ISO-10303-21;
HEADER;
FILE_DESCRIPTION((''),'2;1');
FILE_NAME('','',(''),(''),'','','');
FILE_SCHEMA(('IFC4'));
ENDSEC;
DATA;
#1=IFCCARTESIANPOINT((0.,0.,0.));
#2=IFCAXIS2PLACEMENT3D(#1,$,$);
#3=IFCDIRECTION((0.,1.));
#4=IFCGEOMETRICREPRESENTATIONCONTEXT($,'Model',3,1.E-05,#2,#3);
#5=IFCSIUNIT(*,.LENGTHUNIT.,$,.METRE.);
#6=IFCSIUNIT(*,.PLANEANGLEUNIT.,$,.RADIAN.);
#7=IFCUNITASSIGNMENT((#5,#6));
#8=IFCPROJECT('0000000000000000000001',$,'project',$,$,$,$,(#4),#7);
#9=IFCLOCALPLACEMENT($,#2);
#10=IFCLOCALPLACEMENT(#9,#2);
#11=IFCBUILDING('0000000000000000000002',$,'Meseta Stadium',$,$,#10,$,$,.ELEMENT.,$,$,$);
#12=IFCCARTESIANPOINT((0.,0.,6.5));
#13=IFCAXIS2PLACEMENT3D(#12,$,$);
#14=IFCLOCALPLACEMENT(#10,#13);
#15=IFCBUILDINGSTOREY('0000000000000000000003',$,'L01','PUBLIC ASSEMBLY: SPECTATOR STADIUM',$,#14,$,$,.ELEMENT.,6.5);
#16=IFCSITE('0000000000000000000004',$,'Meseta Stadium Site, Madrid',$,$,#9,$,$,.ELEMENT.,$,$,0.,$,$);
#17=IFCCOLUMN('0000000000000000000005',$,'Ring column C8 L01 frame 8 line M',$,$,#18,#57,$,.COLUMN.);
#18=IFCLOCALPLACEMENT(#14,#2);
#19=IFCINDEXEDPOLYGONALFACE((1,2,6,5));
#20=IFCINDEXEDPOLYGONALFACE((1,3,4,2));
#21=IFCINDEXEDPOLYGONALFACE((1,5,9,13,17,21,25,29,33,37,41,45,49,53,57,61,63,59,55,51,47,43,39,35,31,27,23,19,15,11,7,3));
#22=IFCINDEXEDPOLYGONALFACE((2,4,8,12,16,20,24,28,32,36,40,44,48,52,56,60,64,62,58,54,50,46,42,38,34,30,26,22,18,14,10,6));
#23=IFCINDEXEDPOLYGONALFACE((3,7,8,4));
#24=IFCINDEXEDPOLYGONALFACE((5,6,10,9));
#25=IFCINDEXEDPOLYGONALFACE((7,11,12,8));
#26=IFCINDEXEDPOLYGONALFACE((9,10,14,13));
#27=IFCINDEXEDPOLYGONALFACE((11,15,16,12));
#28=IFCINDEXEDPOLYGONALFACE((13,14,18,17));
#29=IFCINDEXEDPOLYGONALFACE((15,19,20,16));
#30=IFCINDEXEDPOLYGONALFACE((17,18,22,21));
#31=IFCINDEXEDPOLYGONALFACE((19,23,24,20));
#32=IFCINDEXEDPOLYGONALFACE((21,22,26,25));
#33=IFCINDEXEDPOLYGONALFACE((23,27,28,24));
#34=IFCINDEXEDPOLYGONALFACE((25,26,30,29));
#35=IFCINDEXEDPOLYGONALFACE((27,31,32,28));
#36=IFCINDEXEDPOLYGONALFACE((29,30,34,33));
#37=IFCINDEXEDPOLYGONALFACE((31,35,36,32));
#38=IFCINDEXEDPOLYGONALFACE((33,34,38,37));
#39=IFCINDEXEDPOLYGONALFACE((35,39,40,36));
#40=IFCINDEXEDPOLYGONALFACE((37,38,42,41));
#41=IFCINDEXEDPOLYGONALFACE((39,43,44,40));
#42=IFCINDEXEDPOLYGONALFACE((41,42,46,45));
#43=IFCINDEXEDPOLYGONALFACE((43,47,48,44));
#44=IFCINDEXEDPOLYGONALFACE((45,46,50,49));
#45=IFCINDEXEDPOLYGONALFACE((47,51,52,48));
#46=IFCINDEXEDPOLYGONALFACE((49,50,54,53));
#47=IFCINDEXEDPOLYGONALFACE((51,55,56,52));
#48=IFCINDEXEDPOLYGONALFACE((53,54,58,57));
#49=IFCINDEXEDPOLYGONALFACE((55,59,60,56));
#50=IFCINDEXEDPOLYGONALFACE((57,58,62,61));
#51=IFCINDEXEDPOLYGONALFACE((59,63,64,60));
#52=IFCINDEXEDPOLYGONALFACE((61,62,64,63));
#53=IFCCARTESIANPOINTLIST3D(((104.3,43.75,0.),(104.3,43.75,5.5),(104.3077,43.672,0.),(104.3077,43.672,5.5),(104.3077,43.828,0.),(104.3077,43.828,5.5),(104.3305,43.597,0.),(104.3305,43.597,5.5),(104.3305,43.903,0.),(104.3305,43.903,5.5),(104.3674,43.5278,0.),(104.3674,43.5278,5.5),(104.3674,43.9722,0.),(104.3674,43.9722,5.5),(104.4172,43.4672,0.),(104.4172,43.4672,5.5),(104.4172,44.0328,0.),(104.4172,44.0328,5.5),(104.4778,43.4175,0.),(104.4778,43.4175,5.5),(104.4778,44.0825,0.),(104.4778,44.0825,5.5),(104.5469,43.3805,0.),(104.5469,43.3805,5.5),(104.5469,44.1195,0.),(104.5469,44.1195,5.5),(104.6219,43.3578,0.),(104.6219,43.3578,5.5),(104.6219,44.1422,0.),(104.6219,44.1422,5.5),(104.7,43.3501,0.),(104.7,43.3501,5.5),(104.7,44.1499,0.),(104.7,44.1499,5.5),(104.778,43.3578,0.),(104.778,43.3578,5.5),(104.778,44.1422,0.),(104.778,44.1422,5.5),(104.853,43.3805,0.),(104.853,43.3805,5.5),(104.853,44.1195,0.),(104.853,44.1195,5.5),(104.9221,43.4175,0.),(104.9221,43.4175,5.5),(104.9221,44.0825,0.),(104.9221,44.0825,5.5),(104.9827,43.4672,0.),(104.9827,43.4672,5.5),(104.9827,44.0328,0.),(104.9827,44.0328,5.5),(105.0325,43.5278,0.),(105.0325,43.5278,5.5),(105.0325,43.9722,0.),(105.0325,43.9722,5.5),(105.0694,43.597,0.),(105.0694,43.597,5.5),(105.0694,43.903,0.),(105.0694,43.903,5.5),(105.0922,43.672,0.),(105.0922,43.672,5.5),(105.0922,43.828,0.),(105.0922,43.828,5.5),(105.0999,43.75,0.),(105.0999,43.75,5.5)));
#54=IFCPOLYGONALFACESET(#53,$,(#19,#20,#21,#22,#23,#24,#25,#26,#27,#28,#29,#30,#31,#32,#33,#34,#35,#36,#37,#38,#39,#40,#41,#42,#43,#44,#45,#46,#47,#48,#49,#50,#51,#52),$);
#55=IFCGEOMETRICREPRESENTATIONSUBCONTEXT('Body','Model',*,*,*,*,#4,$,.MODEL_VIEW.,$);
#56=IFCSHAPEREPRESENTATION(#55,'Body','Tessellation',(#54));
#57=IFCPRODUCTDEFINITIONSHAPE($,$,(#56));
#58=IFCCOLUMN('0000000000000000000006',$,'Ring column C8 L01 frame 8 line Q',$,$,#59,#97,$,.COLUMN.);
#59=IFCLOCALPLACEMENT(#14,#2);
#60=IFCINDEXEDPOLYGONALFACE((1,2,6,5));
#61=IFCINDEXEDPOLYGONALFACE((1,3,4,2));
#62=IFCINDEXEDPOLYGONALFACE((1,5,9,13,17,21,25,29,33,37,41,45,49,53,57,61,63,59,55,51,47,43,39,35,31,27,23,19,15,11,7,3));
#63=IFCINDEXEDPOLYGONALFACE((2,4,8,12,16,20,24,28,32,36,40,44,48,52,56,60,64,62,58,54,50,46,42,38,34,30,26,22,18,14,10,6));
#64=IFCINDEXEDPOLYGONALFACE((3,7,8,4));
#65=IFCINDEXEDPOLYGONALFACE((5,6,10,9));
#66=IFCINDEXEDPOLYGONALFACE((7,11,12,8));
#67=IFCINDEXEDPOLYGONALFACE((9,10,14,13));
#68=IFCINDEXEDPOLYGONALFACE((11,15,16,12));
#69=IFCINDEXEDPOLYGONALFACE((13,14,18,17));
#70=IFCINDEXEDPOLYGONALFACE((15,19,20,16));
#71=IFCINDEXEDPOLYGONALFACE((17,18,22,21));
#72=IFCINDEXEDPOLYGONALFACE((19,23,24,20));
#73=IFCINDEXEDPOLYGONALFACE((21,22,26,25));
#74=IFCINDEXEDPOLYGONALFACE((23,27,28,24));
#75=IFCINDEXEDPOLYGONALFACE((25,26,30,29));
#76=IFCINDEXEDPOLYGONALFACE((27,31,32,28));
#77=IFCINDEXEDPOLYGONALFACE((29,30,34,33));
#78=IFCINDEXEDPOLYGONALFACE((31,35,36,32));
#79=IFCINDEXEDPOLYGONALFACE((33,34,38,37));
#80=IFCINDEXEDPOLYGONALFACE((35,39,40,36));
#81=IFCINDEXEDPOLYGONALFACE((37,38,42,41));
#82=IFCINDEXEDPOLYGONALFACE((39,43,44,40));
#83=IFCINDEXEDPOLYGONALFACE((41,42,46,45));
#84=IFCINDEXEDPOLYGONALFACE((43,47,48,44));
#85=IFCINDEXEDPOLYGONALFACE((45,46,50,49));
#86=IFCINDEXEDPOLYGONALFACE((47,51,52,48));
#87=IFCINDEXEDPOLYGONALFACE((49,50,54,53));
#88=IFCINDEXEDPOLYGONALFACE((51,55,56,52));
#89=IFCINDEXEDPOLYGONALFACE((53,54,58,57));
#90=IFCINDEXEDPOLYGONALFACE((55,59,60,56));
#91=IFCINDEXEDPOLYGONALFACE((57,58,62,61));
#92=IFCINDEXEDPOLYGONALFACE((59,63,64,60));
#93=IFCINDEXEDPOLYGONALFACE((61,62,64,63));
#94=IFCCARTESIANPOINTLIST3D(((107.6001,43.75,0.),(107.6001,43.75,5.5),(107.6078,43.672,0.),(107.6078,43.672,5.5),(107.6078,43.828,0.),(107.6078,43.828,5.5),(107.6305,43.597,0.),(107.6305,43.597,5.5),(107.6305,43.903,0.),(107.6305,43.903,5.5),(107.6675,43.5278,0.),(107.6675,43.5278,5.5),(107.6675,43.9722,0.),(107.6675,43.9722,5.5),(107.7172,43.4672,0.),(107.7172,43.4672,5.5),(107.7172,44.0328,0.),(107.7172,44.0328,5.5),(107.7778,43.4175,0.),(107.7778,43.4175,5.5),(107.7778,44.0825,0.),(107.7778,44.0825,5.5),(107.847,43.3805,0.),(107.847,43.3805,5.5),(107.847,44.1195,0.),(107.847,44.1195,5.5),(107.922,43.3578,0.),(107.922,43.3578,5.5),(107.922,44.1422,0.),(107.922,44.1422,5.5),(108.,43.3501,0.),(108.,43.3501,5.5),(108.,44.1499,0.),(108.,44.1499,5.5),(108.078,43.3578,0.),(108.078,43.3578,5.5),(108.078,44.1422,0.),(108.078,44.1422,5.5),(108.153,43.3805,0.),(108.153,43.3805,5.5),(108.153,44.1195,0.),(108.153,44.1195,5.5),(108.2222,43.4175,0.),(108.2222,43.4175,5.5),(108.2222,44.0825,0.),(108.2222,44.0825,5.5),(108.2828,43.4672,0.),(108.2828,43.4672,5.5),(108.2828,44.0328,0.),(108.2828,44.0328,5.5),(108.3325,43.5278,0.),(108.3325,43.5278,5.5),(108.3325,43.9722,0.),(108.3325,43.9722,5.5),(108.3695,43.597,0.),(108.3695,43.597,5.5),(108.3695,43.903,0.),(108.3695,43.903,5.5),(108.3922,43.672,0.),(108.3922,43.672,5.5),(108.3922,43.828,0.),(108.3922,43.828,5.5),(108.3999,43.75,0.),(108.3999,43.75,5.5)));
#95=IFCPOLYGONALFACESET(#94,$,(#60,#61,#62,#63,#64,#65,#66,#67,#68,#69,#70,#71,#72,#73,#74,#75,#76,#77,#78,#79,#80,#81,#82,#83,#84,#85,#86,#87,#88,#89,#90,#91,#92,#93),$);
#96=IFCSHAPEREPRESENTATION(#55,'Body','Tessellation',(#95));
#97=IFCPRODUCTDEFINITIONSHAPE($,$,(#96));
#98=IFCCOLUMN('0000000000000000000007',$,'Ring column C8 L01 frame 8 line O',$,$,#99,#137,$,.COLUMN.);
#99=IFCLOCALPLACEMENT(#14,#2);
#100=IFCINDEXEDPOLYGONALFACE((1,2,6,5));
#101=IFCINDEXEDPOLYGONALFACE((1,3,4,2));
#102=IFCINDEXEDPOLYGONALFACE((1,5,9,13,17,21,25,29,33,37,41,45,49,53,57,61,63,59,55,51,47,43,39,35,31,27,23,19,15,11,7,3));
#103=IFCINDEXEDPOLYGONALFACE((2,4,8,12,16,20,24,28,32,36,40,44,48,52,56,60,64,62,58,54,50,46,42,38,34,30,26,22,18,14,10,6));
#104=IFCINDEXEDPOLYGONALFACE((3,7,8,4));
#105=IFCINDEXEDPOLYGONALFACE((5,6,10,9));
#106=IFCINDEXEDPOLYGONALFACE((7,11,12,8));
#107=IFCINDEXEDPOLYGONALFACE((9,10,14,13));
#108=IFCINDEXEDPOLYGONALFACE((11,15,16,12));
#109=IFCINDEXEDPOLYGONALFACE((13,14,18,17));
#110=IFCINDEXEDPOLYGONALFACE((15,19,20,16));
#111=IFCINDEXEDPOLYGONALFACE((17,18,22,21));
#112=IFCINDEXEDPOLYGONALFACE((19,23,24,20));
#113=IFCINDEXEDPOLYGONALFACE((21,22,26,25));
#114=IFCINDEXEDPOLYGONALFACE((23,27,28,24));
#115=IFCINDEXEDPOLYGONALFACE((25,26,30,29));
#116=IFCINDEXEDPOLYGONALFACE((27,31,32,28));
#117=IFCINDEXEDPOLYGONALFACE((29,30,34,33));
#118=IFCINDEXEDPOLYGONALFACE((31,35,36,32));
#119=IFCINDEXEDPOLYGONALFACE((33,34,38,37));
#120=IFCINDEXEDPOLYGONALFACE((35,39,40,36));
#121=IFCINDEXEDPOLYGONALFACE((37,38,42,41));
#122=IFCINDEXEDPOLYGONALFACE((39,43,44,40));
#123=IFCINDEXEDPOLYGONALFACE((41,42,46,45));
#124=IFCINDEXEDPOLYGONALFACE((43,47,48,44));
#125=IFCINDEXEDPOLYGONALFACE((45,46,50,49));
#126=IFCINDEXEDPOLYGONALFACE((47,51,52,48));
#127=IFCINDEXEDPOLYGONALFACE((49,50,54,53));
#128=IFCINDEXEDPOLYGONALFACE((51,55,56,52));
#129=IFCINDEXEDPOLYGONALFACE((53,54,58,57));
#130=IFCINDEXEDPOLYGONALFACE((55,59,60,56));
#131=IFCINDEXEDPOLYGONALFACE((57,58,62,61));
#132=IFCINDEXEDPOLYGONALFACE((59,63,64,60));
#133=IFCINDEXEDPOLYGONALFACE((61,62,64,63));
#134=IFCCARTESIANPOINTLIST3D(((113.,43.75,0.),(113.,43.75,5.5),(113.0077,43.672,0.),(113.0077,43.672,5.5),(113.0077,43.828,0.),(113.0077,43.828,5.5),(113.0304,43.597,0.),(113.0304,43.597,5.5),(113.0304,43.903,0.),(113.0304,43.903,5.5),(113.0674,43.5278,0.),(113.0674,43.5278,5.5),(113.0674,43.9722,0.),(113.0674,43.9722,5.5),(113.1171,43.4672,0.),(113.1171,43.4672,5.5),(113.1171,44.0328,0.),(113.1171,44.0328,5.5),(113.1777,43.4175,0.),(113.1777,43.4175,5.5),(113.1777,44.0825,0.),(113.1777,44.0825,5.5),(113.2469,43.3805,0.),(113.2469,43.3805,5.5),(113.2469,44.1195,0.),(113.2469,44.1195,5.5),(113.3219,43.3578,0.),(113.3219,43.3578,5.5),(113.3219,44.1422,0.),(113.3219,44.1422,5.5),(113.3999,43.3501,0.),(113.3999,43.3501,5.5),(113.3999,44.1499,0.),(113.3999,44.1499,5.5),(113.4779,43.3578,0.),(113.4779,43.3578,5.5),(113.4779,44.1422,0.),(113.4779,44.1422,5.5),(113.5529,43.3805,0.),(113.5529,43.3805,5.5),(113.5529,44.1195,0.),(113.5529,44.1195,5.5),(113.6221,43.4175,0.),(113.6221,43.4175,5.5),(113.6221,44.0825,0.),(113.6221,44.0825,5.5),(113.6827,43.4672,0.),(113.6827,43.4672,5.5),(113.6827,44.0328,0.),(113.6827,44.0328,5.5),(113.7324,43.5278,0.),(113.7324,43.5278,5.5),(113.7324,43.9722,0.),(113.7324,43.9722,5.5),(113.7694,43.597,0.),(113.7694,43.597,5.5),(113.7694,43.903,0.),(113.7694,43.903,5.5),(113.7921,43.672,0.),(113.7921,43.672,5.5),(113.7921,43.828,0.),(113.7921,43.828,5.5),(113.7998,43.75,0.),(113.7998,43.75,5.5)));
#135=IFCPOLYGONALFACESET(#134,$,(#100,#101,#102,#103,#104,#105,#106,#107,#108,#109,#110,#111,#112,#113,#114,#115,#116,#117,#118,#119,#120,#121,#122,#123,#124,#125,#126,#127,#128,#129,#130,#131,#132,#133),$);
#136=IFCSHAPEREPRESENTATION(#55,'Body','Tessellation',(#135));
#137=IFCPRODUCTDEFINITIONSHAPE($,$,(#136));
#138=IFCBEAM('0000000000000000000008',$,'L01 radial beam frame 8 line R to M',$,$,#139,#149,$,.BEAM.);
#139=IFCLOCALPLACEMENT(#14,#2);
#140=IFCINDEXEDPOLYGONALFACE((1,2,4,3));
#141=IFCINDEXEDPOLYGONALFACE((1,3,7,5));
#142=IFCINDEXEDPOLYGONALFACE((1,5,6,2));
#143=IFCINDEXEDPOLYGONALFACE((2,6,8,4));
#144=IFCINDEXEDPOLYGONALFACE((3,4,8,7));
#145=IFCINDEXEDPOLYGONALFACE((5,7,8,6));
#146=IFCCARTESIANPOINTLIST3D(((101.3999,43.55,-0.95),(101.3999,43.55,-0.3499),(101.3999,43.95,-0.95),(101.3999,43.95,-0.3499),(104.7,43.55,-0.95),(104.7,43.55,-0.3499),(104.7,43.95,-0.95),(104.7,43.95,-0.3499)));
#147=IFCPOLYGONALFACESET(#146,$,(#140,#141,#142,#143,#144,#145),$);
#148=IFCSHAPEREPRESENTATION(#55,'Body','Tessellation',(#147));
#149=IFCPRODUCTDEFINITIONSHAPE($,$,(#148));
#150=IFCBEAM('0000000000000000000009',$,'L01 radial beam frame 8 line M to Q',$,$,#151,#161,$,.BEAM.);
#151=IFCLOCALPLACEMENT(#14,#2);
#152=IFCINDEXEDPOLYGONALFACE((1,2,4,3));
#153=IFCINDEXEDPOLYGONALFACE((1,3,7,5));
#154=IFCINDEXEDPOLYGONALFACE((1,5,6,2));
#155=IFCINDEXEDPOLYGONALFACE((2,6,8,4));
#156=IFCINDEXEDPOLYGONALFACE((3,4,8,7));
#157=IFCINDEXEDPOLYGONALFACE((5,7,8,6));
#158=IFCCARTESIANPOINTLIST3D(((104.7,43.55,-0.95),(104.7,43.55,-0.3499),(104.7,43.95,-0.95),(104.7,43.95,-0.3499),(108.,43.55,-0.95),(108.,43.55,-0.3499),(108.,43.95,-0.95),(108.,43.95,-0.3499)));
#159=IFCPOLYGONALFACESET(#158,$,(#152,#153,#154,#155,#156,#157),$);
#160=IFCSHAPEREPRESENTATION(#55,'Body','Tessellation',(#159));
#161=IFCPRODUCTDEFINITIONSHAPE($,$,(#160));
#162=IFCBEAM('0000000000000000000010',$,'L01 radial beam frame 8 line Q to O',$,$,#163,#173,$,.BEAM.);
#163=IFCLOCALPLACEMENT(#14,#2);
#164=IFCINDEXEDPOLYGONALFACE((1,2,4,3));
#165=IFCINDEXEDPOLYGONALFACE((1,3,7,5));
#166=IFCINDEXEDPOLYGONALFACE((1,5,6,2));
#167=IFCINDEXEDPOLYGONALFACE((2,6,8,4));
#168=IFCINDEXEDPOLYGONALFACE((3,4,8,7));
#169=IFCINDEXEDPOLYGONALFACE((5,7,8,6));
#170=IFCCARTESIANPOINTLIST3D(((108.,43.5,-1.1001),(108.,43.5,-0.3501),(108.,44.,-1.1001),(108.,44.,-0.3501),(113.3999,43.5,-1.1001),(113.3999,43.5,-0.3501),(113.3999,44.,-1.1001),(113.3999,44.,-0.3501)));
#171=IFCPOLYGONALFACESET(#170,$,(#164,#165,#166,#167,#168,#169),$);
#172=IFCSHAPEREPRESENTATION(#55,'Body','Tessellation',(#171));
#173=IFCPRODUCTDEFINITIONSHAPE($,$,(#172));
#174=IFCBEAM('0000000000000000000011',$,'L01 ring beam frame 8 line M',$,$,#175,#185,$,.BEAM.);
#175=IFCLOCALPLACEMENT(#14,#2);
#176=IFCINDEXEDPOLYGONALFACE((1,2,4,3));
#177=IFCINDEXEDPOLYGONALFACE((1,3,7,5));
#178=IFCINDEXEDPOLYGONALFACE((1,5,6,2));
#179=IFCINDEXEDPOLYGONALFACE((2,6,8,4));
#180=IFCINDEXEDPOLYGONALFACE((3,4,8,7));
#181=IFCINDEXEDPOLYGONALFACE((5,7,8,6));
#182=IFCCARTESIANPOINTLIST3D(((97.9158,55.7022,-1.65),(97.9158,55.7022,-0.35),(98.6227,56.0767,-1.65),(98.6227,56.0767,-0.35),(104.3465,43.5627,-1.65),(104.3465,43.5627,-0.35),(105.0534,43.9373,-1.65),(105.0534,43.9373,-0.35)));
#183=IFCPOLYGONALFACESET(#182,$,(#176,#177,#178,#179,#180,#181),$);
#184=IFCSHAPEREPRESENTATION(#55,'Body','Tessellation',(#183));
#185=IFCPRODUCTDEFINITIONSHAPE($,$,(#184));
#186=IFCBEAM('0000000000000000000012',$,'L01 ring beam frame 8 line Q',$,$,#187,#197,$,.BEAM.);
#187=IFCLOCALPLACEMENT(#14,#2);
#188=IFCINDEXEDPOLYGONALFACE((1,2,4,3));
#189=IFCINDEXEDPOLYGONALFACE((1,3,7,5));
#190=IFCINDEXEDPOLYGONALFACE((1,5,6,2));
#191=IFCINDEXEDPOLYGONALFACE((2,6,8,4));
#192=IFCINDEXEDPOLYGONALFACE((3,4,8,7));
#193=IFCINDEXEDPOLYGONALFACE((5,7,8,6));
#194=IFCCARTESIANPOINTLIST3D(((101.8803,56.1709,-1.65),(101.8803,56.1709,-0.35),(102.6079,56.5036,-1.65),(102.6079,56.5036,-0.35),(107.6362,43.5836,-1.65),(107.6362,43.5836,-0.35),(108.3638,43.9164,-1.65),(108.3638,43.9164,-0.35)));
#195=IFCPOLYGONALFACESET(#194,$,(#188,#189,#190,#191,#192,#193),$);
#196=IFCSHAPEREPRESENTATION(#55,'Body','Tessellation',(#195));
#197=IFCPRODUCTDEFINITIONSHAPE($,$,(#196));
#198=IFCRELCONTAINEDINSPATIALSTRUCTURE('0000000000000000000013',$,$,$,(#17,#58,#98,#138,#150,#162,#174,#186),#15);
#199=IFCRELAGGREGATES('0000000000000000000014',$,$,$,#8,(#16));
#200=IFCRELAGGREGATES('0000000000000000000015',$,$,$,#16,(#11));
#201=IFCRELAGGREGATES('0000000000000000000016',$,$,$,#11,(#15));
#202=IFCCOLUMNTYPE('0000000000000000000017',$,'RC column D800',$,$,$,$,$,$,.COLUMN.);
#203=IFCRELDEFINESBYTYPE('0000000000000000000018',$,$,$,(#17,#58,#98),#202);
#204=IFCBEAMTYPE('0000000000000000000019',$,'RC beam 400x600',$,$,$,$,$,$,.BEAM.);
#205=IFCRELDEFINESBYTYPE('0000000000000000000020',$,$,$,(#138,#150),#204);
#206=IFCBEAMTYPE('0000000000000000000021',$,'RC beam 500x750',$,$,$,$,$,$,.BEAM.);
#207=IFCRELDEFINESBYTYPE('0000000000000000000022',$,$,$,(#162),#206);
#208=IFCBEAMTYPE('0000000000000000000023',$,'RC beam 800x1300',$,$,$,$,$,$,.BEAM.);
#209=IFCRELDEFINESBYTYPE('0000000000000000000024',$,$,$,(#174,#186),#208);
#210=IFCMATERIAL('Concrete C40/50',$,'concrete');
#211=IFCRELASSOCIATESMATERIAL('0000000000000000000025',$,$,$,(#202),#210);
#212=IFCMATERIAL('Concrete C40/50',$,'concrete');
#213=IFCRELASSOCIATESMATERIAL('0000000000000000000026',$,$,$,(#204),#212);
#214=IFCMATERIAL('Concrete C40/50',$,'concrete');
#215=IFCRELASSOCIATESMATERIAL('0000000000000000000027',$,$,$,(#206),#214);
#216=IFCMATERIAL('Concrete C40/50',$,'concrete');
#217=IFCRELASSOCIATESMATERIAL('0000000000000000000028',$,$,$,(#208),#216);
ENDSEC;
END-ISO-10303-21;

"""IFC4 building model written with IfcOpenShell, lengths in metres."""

from ifc_helpers import new_model, si_unit, direction, frame, origin, origin_2d, place, context, subcontext, project, spatial, rectangle, circle, extrude, material, material_profile, profile_set, type_object, element, save


model = new_model("IFC4")

# Units and contexts
model_context = context("Model", 3, precision=1e-05, world=origin(), true_north=direction((0.0, 1.0)))
body_context = subcontext(model_context, "Body", "Model", "MODEL_VIEW")
ifc_project = project(units=[si_unit("LENGTHUNIT", "METRE"), si_unit("PLANEANGLEUNIT", "RADIAN")], contexts=[model_context])

# Site, building, storey
site_placement = place(None, origin())
site = spatial("IfcSite", under=ifc_project, at=site_placement, Name="Meseta Stadium Site, Madrid", CompositionType="ELEMENT", RefElevation=0.0)
building_placement = place(site_placement, origin())
building = spatial("IfcBuilding", under=site, at=building_placement, Name="Meseta Stadium", CompositionType="ELEMENT")
storey_placement = place(building_placement, frame((0.0, 0.0, 6.5)))
storey = spatial("IfcBuildingStorey", under=building, at=storey_placement, Name="L01", Description="PUBLIC ASSEMBLY: SPECTATOR STADIUM", CompositionType="ELEMENT", Elevation=6.5)

# Columns
ifc_material_1 = material(Name="Concrete C40/50", Category="concrete")
ifc_material_profile_1 = material_profile(ifc_material_1, circle(Radius=0.3999, at=origin_2d()), Name="RC D800")
ifc_profile_set_1 = profile_set([ifc_material_profile_1], Name="Concrete C40/50")
column_type = type_object("IfcColumnType", Name="RC column D800", PredefinedType="COLUMN", material=ifc_profile_set_1)
for number, where, z_axis, x_axis, name in (
    (1, (104.7, 43.75, 0.0), (0.0, 0.0, 1.0), (1.0, 0.0, 0.0), "Ring column C8 L01 frame 8 line M"),
    (2, (108.0, 43.75, 0.0), (0.0, 0.0, 1.0), (1.0, 0.0, 0.0), "Ring column C8 L01 frame 8 line Q"),
    (3, (113.3999, 43.75, 0.0), (0.0, 0.0, 1.0), (1.0, 0.0, 0.0), "Ring column C8 L01 frame 8 line O"),
):
    element("IfcColumn", number, at=place(storey_placement, frame(where, z_axis=z_axis, x_axis=x_axis)), inside=storey, type_object=column_type, Name=name, PredefinedType="COLUMN", context=body_context, shape_type="SweptSolid", body=[
        extrude(circle(Radius=0.3999, at=origin_2d()), origin(), (0.0, 0.0, 1.0), 5.5),
    ])

# Beams
ifc_material_2 = material(Name="Concrete C40/50", Category="concrete")
ifc_material_profile_2 = material_profile(ifc_material_2, rectangle(XDim=0.3999, YDim=0.6001, at=origin_2d()), Name="RC 400x600")
ifc_profile_set_2 = profile_set([ifc_material_profile_2], Name="Concrete C40/50")
beam_type_1 = type_object("IfcBeamType", Name="RC beam 400x600", PredefinedType="BEAM", material=ifc_profile_set_2)
for number, where, z_axis, x_axis, name in (
    (4, (101.3999, 43.75, -0.6499), (1.0, 0.0, 0.0), (0.0, 1.0, 0.0), "L01 radial beam frame 8 line R to M"),
    (5, (104.7, 43.75, -0.6499), (1.0, 0.0, 0.0), (0.0, 1.0, 0.0), "L01 radial beam frame 8 line M to Q"),
):
    element("IfcBeam", number, at=place(storey_placement, frame(where, z_axis=z_axis, x_axis=x_axis)), inside=storey, type_object=beam_type_1, Name=name, PredefinedType="BEAM", context=body_context, shape_type="SweptSolid", body=[
        extrude(rectangle(XDim=0.3999, YDim=0.6001, at=origin_2d()), origin(), (0.0, 0.0, 1.0), 3.3),
    ])
ifc_material_3 = material(Name="Concrete C40/50", Category="concrete")
ifc_material_profile_3 = material_profile(ifc_material_3, rectangle(XDim=0.5, YDim=0.75, at=origin_2d()), Name="RC 500x750")
ifc_profile_set_3 = profile_set([ifc_material_profile_3], Name="Concrete C40/50")
beam_type_2 = type_object("IfcBeamType", Name="RC beam 500x750", PredefinedType="BEAM", material=ifc_profile_set_3)
beam_1_placement = place(storey_placement, frame((108.0, 43.75, -0.7251), z_axis=(1.0, 0.0, 0.0), x_axis=(0.0, 1.0, 0.0)))
element("IfcBeam", 6, at=beam_1_placement, inside=storey, type_object=beam_type_2, Name="L01 radial beam frame 8 line Q to O", PredefinedType="BEAM", context=body_context, shape_type="SweptSolid", body=[
    extrude(rectangle(XDim=0.5, YDim=0.75, at=origin_2d()), origin(), (0.0, 0.0, 1.0), 5.3999),
])
ifc_material_4 = material(Name="Concrete C40/50", Category="concrete")
ifc_material_profile_4 = material_profile(ifc_material_4, rectangle(XDim=0.8, YDim=1.3, at=origin_2d()), Name="RC 800x1300")
ifc_profile_set_4 = profile_set([ifc_material_profile_4], Name="Concrete C40/50")
beam_type_3 = type_object("IfcBeamType", Name="RC beam 800x1300", PredefinedType="BEAM", material=ifc_profile_set_4)
beam_2_placement = place(storey_placement, frame((104.7, 43.75, -1.0), z_axis=(-0.468111, 0.88367, 0.0), x_axis=(-0.88367, -0.468111, 0.0)))
element("IfcBeam", 7, at=beam_2_placement, inside=storey, type_object=beam_type_3, Name="L01 ring beam frame 8 line M", PredefinedType="BEAM", context=body_context, shape_type="SweptSolid", body=[
    extrude(rectangle(XDim=0.8, YDim=1.3, at=origin_2d()), origin(), (0.0, 0.0, 1.0), 13.7375),
])
beam_3_placement = place(storey_placement, frame((108.0, 43.75, -1.0), z_axis=(-0.415863, 0.909427, 0.0), x_axis=(-0.909427, -0.415863, 0.0)))
element("IfcBeam", 8, at=beam_3_placement, inside=storey, type_object=beam_type_3, Name="L01 ring beam frame 8 line Q", PredefinedType="BEAM", context=body_context, shape_type="SweptSolid", body=[
    extrude(rectangle(XDim=0.8, YDim=1.3, at=origin_2d()), origin(), (0.0, 0.0, 1.0), 13.8408),
])

save(model, "model.ifc")
